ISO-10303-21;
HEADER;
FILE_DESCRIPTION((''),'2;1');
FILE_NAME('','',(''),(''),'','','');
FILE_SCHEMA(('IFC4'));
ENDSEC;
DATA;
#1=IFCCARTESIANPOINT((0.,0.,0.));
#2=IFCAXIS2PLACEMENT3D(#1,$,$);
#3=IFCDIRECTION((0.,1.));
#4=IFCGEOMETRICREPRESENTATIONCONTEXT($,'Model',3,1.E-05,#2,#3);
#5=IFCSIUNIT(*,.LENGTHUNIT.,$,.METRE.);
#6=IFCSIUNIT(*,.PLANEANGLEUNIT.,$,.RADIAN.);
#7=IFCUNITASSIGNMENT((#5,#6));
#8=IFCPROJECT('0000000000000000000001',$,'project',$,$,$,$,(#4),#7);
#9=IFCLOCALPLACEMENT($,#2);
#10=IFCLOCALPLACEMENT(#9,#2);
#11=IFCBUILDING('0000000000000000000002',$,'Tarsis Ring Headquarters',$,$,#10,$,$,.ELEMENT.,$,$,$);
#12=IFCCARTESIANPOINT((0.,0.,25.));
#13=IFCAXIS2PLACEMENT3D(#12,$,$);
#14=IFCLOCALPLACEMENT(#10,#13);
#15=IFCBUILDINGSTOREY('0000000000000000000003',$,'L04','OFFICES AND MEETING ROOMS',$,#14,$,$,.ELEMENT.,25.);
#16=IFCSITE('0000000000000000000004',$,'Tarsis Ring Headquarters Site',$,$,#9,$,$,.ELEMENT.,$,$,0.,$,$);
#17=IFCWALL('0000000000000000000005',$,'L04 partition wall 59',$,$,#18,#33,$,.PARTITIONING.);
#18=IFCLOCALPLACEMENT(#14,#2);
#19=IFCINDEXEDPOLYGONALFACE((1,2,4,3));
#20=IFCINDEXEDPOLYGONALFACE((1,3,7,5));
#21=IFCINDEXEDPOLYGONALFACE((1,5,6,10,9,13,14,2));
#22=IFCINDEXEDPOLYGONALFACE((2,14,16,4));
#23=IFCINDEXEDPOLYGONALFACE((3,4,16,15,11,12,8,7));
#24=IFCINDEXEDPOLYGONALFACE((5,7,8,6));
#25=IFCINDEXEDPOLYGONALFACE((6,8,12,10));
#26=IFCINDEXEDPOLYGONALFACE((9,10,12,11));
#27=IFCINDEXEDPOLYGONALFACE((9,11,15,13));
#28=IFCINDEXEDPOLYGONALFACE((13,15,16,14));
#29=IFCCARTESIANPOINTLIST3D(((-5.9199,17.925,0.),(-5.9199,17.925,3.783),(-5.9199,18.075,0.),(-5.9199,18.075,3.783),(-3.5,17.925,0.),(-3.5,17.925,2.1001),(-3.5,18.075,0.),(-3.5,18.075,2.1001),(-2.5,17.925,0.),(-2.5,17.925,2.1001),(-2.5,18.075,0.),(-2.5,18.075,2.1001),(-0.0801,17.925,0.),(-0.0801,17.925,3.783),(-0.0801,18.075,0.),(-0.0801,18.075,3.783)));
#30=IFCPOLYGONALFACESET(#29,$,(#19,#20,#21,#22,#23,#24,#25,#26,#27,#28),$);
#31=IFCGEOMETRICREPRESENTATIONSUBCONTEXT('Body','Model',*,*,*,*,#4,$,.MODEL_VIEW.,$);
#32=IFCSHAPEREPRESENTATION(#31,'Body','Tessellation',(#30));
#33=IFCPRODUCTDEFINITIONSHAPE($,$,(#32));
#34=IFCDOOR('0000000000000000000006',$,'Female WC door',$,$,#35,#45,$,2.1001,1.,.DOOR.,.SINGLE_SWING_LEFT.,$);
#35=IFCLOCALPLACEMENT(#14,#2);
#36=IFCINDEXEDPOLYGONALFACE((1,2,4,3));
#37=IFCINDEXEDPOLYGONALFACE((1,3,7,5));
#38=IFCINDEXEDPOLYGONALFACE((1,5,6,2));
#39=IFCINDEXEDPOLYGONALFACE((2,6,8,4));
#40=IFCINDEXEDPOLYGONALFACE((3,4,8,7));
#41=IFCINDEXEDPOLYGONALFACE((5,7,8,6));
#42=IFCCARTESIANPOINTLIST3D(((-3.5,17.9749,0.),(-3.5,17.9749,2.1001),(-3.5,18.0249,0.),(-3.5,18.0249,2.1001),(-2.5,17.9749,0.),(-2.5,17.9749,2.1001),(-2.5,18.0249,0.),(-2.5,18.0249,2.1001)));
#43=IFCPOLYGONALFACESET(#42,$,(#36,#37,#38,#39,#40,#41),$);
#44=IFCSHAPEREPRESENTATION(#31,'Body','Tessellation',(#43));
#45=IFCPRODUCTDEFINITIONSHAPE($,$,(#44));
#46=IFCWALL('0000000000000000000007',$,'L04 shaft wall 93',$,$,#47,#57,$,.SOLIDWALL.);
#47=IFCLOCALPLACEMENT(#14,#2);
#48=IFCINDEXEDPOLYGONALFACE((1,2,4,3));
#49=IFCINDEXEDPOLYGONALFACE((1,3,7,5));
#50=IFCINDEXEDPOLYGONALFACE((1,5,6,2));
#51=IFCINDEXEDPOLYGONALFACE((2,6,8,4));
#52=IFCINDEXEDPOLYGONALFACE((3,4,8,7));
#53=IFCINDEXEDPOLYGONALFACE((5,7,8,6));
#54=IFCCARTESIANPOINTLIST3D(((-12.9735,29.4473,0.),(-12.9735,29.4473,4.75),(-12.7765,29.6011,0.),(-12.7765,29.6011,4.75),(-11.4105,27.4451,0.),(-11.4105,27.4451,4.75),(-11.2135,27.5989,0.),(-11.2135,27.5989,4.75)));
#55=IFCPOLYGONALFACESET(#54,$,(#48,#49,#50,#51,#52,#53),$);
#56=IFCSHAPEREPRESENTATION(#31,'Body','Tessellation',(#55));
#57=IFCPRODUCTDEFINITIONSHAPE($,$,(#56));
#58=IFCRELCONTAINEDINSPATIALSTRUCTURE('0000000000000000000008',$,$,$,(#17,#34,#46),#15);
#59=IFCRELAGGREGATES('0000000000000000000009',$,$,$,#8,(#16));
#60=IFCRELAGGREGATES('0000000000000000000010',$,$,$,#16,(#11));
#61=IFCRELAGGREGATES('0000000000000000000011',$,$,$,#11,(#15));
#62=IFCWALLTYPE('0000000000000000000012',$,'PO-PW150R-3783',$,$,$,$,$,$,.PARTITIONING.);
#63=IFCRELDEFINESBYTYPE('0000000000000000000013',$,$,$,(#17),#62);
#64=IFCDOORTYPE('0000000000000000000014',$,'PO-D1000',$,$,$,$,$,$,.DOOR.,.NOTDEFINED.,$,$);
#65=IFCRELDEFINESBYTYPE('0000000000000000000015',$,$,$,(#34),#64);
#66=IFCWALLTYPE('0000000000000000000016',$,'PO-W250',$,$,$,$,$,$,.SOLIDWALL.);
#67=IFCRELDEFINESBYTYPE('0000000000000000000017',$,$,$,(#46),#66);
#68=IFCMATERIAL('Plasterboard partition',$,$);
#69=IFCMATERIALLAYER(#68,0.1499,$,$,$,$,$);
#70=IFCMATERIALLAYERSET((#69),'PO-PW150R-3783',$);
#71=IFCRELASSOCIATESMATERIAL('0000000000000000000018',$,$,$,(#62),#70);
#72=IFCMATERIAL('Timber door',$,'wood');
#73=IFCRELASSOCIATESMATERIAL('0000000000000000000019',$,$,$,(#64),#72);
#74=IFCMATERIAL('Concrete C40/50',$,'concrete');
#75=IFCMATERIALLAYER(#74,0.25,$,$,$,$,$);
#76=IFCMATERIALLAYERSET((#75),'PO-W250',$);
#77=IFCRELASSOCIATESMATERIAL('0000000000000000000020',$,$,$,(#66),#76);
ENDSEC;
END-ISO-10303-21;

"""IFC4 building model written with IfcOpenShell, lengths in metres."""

from ifc_helpers import new_model, si_unit, direction, frame, frame_2d, origin, place, context, subcontext, project, spatial, rectangle, extrude, material, layer, layer_set, type_object, element, fill, save


model = new_model("IFC4")

# Units and contexts
model_context = context("Model", 3, precision=1e-05, world=origin(), true_north=direction((0.0, 1.0)))
body_context = subcontext(model_context, "Body", "Model", "MODEL_VIEW")
ifc_project = project(units=[si_unit("LENGTHUNIT", "METRE"), si_unit("PLANEANGLEUNIT", "RADIAN")], contexts=[model_context])

# Site, building, storey
site_placement = place(None, origin())
site = spatial("IfcSite", under=ifc_project, at=site_placement, Name="Tarsis Ring Headquarters Site", CompositionType="ELEMENT", RefElevation=0.0)
building_placement = place(site_placement, origin())
building = spatial("IfcBuilding", under=site, at=building_placement, Name="Tarsis Ring Headquarters", CompositionType="ELEMENT")
storey_placement = place(building_placement, frame((0.0, 0.0, 25.0)))
storey = spatial("IfcBuildingStorey", under=building, at=storey_placement, Name="L04", Description="OFFICES AND MEETING ROOMS", CompositionType="ELEMENT", Elevation=25.0)

# Shared definitions
ifc_material_1 = material(Name="Concrete C40/50", Category="concrete")

# Shared definitions
ifc_material_2 = material(Name="Plasterboard partition")

# Wall, opening, door
ifc_layer_1 = layer(ifc_material_2, 0.1499)
ifc_layer_set_1 = layer_set([ifc_layer_1], Name="PO-PW150R-3783")
wall_type_1 = type_object("IfcWallType", Name="PO-PW150R-3783", PredefinedType="PARTITIONING", material=ifc_layer_set_1)
wall_1_placement = place(storey_placement, frame((-5.9199, 18.0, 0.0), z_axis=(0.0, 0.0, 1.0), x_axis=(1.0, 0.0, 0.0)))
wall_1 = element("IfcWall", 1, at=wall_1_placement, inside=storey, type_object=wall_type_1, Name="L04 partition wall 59", PredefinedType="PARTITIONING", context=body_context, shape_type="SweptSolid", body=[
    extrude(rectangle(XDim=5.8398, YDim=0.1499, at=frame_2d((2.9199, 0.0))), origin(), (0.0, 0.0, 1.0), 3.783),
])
opening_placement = place(wall_1_placement, frame((2.4199, 0.0, 0.0)))
opening = element("IfcOpeningElement", 2, at=opening_placement, cuts=wall_1, PredefinedType="OPENING", context=body_context, shape_type="SweptSolid", body=[
    extrude(rectangle(XDim=1.0, YDim=2.1001, at=frame_2d((0.5, 1.05))), frame((0.0, 0.085, 0.0), z_axis=(0.0, -1.0, 0.0), x_axis=(1.0, 0.0, 0.0)), (0.0, 0.0, 1.0), 0.1699),
])
ifc_material_3 = material(Name="Timber door", Category="wood")
door_type = type_object("IfcDoorType", Name="PO-D1000", OperationType="NOTDEFINED", PredefinedType="DOOR", material=ifc_material_3)
door_placement = place(opening_placement, origin())
door = element("IfcDoor", 3, at=door_placement, inside=storey, type_object=door_type, Name="Female WC door", OperationType="SINGLE_SWING_LEFT", OverallHeight=2.1001, OverallWidth=1.0, PredefinedType="DOOR", context=body_context, shape_type="SweptSolid", body=[
    extrude(rectangle(XDim=1.0, YDim=2.1001, at=frame_2d((0.5, 1.05))), frame((0.0, 0.0249, 0.0), z_axis=(0.0, -1.0, 0.0), x_axis=(1.0, 0.0, 0.0)), (0.0, 0.0, 1.0), 0.05),
])
fill(opening, door)

# Wall
ifc_layer_2 = layer(ifc_material_1, 0.25)
ifc_layer_set_2 = layer_set([ifc_layer_2], Name="PO-W250")
wall_type_2 = type_object("IfcWallType", Name="PO-W250", PredefinedType="SOLIDWALL", material=ifc_layer_set_2)
wall_2_placement = place(storey_placement, frame((-11.312, 27.522, 0.0), z_axis=(0.0, 0.0, 1.0), x_axis=(-0.615344, 0.788259, 0.0)))
element("IfcWall", 4, at=wall_2_placement, inside=storey, type_object=wall_type_2, Name="L04 shaft wall 93", PredefinedType="SOLIDWALL", context=body_context, shape_type="SweptSolid", body=[
    extrude(rectangle(XDim=2.54, YDim=0.25, at=frame_2d((1.27, 0.0))), origin(), (0.0, 0.0, 1.0), 4.75),
])

save(model, "model.ifc")
